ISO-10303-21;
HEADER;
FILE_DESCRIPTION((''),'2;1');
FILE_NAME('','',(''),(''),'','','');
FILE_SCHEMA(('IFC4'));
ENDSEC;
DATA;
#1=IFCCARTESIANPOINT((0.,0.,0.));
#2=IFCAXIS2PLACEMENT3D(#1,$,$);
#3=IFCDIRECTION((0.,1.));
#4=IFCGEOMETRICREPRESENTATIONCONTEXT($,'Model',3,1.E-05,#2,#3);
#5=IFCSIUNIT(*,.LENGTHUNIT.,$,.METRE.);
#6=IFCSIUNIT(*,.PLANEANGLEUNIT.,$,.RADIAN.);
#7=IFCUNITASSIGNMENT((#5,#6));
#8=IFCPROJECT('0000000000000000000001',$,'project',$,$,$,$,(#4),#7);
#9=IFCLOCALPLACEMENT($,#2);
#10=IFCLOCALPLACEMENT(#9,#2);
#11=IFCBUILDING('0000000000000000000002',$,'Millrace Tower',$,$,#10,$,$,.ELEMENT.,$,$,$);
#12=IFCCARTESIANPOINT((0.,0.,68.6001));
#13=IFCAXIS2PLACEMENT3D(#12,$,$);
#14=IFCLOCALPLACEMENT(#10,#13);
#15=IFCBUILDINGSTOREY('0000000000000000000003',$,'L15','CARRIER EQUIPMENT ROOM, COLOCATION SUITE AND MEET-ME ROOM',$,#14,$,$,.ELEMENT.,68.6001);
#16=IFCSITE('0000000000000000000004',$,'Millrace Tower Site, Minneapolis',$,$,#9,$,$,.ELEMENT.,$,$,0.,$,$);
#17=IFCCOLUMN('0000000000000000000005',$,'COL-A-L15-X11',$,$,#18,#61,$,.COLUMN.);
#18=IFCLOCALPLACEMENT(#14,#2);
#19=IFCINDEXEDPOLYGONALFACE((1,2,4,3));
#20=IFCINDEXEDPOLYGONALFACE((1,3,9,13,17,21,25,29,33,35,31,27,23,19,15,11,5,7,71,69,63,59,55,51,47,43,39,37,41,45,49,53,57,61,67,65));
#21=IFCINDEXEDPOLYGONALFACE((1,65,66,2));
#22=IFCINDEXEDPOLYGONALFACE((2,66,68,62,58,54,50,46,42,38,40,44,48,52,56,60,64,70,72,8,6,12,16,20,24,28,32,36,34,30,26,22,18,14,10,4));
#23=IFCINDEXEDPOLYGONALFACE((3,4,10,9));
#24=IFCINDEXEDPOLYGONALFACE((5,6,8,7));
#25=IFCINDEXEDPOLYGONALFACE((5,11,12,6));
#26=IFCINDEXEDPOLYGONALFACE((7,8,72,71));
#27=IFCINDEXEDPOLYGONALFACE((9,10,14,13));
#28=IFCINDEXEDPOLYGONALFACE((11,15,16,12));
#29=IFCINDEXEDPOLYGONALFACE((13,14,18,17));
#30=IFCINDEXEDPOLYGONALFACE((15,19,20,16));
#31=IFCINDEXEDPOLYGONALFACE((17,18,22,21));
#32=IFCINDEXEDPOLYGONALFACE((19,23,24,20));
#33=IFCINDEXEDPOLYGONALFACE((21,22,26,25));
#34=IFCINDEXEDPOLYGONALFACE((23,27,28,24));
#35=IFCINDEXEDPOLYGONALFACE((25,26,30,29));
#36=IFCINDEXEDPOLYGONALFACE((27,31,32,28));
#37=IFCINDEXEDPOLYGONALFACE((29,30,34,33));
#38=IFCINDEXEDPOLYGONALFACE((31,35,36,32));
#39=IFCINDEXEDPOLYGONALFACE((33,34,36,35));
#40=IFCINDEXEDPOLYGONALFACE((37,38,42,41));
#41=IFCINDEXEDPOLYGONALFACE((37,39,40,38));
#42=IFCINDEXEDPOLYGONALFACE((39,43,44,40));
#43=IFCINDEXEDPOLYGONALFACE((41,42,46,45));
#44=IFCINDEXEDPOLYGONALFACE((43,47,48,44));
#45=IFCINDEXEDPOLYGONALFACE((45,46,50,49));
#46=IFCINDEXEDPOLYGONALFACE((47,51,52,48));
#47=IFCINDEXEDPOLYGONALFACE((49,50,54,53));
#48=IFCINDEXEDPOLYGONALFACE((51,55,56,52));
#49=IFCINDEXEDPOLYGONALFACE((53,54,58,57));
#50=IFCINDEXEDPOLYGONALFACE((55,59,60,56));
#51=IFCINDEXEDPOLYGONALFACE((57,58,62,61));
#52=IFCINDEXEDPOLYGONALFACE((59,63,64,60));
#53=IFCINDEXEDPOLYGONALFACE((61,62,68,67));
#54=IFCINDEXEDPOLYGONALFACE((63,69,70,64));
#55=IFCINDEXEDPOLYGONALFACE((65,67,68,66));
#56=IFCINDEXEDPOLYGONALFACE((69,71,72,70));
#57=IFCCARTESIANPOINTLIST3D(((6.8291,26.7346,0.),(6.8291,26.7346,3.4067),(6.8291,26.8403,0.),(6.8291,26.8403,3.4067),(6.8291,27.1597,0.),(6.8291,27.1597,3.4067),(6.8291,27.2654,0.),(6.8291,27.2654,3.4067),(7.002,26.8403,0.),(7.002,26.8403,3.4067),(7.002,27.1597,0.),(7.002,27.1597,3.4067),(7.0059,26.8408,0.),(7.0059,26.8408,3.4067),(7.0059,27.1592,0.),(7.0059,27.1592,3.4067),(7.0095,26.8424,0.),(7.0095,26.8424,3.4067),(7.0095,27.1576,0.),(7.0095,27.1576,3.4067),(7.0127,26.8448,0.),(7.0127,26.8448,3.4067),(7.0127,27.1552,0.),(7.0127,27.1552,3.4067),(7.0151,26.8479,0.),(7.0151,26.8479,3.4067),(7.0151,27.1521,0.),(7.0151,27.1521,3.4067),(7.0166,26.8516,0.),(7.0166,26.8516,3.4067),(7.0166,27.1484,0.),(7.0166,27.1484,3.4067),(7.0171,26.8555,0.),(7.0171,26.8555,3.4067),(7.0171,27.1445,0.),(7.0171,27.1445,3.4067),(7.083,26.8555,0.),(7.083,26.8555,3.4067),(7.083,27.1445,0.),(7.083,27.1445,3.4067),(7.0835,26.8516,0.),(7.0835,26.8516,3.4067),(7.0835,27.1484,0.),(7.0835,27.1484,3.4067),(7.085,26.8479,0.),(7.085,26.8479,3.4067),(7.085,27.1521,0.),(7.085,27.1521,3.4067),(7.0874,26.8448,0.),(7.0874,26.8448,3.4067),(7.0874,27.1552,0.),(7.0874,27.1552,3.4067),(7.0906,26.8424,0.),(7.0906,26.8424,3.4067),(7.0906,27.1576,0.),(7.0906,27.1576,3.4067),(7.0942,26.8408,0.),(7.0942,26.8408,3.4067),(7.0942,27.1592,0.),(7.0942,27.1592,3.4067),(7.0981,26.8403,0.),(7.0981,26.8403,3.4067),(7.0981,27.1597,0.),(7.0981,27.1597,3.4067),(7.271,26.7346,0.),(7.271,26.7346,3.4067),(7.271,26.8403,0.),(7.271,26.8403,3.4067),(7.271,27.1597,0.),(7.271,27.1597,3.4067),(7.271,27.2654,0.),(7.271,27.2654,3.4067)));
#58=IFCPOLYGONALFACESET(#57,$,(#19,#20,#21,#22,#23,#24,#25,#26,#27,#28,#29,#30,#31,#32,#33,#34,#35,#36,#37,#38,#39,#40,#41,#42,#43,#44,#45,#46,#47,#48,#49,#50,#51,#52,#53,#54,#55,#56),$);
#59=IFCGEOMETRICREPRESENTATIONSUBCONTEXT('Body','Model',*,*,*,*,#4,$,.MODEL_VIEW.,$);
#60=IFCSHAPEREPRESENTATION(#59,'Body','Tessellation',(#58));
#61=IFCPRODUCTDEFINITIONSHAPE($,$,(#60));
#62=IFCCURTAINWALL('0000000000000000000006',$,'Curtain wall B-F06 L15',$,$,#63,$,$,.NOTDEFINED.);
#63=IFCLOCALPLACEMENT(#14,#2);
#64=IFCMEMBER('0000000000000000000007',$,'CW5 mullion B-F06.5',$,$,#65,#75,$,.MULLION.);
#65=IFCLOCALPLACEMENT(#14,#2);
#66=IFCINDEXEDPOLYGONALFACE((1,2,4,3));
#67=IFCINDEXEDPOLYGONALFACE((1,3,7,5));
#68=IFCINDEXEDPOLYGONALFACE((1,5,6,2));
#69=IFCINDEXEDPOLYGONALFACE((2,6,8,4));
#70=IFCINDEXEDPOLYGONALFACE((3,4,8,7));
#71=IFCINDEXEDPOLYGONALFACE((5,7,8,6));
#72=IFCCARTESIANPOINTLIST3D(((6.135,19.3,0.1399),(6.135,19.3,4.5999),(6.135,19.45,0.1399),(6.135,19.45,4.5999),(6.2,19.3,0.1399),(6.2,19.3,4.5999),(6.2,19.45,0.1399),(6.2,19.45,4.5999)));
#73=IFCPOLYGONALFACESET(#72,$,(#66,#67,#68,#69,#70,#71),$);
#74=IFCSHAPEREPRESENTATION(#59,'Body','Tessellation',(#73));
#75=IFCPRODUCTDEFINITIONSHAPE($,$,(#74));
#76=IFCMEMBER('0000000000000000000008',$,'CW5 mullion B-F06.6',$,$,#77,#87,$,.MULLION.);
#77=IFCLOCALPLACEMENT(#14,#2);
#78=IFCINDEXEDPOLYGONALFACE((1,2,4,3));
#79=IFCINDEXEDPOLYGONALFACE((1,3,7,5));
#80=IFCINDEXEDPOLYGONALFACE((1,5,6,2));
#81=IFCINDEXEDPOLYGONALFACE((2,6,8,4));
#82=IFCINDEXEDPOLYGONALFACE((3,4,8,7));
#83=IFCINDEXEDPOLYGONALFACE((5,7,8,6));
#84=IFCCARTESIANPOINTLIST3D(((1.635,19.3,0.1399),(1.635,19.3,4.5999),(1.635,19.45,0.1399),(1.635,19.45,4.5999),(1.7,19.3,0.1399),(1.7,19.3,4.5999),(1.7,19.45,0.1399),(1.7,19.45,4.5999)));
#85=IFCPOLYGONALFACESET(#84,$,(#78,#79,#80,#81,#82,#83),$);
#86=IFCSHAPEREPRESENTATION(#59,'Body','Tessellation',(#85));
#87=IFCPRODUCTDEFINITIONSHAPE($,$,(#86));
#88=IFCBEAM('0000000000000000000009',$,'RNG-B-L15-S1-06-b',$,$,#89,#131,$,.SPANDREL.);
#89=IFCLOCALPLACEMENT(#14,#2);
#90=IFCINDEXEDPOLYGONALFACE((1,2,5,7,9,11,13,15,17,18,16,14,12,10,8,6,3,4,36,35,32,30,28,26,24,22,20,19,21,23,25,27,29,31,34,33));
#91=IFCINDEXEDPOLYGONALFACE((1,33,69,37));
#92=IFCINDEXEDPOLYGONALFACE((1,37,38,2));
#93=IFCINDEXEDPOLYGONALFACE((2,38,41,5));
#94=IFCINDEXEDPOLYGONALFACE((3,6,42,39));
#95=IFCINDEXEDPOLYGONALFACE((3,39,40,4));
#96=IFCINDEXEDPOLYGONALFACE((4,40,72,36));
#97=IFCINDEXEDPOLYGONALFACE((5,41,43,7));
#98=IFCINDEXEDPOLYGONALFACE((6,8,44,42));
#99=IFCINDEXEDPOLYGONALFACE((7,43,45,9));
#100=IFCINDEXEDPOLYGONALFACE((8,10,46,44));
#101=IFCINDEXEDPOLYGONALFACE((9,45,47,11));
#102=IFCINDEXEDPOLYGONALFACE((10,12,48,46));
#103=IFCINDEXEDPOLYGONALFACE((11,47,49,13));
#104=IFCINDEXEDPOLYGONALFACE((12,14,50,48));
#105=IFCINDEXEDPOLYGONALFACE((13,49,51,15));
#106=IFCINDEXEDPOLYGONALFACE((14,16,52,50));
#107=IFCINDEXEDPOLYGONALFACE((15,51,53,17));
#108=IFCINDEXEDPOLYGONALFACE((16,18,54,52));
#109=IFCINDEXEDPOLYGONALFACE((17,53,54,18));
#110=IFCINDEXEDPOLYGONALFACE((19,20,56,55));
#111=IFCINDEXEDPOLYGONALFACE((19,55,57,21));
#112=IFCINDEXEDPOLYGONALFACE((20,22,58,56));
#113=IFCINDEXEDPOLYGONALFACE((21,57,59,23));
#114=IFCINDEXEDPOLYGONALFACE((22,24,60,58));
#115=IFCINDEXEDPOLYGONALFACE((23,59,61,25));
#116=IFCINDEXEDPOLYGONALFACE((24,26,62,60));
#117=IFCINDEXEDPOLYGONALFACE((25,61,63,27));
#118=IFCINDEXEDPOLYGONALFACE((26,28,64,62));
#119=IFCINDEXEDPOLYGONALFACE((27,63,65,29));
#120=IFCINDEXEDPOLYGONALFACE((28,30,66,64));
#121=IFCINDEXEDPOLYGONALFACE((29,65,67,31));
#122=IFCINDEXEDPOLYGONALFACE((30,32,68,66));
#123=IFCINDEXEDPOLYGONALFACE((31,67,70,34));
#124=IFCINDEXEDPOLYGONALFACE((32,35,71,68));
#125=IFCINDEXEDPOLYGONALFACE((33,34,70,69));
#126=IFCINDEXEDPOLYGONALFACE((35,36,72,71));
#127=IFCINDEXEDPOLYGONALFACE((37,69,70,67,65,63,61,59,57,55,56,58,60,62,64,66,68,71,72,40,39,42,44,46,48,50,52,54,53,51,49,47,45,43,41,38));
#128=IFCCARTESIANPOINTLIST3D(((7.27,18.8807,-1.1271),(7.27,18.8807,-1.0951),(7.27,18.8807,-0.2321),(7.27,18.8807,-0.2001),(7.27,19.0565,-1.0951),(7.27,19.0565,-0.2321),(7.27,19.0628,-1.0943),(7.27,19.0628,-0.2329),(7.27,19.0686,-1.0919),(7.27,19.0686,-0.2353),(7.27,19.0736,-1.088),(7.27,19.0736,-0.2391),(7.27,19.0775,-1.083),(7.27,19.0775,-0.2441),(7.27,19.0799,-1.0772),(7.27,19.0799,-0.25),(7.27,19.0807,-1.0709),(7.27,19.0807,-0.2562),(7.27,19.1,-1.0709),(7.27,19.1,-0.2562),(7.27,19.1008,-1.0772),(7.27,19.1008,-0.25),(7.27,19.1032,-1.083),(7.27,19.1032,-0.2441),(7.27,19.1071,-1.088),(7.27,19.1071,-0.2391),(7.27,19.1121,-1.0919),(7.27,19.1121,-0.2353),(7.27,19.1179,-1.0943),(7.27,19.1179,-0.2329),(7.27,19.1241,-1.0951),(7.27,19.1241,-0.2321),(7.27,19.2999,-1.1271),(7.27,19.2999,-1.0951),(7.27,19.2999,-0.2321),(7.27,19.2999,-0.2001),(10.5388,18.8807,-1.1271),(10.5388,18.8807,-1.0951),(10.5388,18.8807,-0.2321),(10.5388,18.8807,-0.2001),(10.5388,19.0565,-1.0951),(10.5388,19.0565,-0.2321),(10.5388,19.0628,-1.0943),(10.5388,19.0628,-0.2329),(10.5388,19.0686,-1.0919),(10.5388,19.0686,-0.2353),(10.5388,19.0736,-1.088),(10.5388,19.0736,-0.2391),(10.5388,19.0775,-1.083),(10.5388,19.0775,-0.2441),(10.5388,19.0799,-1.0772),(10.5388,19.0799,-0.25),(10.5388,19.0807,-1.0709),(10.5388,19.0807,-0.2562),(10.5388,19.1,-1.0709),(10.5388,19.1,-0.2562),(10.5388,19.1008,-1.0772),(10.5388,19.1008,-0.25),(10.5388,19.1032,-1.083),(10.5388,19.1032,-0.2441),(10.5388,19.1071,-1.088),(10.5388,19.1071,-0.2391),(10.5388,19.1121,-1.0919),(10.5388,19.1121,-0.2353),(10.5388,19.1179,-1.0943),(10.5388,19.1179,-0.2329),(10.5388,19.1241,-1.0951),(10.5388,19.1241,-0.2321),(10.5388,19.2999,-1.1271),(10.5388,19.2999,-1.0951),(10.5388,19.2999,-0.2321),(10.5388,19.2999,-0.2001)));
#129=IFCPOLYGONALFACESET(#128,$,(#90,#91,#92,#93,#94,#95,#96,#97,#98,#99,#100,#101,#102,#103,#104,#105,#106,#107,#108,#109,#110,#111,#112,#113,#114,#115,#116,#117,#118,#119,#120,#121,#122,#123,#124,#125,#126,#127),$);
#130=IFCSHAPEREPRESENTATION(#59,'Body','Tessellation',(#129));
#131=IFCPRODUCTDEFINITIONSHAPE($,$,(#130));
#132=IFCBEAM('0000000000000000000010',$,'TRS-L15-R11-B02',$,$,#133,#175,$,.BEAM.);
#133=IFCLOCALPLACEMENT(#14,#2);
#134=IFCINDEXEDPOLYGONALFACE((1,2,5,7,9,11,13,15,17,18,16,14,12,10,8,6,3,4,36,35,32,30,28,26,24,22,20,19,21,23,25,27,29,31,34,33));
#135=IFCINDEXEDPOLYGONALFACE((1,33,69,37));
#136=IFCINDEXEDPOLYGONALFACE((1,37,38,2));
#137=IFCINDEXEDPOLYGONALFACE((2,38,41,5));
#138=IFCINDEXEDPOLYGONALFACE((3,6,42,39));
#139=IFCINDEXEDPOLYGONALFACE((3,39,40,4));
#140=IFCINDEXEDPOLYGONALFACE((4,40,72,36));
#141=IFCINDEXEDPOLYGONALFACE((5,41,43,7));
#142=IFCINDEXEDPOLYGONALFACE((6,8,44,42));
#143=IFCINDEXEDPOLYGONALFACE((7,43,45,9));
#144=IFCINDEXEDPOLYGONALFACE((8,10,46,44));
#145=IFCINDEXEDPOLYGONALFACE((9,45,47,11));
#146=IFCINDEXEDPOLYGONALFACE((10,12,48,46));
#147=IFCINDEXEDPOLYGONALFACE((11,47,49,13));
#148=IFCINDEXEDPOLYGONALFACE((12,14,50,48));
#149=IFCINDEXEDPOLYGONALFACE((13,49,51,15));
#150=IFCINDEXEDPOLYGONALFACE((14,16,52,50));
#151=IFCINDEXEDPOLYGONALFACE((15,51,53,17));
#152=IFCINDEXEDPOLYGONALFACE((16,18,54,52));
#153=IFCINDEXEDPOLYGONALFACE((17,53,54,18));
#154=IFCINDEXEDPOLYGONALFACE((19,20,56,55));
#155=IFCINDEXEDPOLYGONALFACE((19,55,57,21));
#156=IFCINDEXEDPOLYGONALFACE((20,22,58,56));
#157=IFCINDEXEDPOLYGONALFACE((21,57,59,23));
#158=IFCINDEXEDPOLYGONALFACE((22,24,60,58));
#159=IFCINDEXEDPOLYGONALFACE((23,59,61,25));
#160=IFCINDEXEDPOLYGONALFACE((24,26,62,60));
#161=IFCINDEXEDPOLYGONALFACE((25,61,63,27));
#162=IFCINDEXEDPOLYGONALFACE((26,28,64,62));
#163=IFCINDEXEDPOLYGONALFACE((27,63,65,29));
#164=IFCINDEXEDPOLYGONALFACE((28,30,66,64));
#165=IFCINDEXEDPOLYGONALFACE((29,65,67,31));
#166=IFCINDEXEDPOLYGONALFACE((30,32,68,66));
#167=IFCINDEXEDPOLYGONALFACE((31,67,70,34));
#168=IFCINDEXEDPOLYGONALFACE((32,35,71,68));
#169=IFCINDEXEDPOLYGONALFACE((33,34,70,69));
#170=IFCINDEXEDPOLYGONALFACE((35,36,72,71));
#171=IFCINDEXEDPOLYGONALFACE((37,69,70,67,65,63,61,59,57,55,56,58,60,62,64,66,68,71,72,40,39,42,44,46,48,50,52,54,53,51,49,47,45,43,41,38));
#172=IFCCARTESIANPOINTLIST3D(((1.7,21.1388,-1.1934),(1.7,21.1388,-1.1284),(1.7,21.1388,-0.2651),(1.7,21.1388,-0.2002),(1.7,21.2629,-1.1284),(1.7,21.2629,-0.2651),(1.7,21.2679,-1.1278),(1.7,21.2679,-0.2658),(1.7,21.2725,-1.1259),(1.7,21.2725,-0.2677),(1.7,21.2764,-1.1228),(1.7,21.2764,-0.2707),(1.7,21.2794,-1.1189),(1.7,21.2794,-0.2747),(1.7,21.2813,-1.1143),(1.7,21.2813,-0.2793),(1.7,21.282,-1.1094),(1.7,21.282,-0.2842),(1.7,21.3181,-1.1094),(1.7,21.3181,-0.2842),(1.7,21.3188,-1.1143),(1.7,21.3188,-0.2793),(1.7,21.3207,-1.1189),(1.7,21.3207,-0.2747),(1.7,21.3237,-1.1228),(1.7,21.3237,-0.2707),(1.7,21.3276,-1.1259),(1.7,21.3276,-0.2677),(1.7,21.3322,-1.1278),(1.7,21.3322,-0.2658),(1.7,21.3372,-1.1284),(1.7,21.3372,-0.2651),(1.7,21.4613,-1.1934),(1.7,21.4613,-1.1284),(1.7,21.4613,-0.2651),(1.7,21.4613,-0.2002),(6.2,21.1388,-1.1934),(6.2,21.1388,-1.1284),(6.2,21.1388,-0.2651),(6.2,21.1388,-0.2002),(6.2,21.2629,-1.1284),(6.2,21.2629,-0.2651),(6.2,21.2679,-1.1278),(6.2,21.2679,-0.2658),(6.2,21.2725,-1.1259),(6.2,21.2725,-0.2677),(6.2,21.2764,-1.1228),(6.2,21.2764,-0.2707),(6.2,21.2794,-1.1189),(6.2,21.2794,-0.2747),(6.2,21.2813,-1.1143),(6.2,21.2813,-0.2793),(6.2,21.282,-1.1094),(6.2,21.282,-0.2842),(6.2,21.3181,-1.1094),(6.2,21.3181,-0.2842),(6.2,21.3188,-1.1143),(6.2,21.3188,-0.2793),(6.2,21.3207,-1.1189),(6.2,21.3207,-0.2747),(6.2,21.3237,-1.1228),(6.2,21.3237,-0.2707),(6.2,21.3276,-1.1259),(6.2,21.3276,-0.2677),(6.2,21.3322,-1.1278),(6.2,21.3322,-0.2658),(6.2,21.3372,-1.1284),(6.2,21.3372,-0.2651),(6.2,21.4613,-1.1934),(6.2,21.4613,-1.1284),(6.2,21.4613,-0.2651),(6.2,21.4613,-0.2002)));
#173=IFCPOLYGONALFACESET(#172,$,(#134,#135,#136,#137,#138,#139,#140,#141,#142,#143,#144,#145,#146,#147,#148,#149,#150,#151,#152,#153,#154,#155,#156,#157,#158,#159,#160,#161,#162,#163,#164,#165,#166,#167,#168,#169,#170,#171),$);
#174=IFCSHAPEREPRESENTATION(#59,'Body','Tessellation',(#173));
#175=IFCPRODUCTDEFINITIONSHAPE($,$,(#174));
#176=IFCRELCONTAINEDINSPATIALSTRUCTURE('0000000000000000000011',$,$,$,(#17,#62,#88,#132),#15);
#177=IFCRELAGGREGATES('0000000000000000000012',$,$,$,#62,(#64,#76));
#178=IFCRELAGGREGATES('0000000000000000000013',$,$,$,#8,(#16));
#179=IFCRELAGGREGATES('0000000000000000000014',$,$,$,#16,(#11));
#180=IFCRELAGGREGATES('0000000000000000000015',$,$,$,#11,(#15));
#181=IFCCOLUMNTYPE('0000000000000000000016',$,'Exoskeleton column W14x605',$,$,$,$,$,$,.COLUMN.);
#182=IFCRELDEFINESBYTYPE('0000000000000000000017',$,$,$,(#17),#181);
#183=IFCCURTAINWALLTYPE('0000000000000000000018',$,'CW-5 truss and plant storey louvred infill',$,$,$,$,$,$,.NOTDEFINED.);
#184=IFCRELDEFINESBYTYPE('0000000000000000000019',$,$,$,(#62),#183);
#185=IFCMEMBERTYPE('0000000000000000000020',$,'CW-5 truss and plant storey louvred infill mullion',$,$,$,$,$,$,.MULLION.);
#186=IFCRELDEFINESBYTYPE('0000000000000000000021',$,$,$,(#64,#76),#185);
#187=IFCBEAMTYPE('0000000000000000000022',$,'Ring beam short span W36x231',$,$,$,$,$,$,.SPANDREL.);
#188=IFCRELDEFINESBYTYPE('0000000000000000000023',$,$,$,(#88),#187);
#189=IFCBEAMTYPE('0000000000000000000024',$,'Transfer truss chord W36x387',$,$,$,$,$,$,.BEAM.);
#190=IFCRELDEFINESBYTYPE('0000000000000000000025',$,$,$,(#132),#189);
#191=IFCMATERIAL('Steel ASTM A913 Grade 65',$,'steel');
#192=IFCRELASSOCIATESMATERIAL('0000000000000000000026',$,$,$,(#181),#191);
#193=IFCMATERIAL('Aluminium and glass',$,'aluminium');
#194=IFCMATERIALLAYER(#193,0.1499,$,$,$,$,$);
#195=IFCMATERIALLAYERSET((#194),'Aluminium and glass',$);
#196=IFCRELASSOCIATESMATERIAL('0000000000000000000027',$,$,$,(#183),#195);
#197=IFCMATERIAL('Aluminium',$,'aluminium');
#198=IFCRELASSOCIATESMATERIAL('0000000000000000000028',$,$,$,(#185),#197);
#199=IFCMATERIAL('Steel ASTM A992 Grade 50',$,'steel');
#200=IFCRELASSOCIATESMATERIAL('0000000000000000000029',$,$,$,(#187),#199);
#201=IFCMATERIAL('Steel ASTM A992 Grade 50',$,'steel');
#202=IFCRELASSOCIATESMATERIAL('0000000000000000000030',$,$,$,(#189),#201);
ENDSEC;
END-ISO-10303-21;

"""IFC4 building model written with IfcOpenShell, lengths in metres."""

from ifc_helpers import new_model, si_unit, direction, frame, origin, origin_2d, place, context, subcontext, project, spatial, rectangle, i_section, extrude, material, layer, layer_set, material_profile, profile_set, type_object, element, aggregate, save


model = new_model("IFC4")

# Units and contexts
model_context = context("Model", 3, precision=1e-05, world=origin(), true_north=direction((0.0, 1.0)))
body_context = subcontext(model_context, "Body", "Model", "MODEL_VIEW")
ifc_project = project(units=[si_unit("LENGTHUNIT", "METRE"), si_unit("PLANEANGLEUNIT", "RADIAN")], contexts=[model_context])

# Site, building, storey
site_placement = place(None, origin())
site = spatial("IfcSite", under=ifc_project, at=site_placement, Name="Millrace Tower Site, Minneapolis", CompositionType="ELEMENT", RefElevation=0.0)
building_placement = place(site_placement, origin())
building = spatial("IfcBuilding", under=site, at=building_placement, Name="Millrace Tower", CompositionType="ELEMENT")
storey_placement = place(building_placement, frame((0.0, 0.0, 68.6001)))
storey = spatial("IfcBuildingStorey", under=building, at=storey_placement, Name="L15", Description="CARRIER EQUIPMENT ROOM, COLOCATION SUITE AND MEET-ME ROOM", CompositionType="ELEMENT", Elevation=68.6001)

# Column
ifc_material_1 = material(Name="Steel ASTM A913 Grade 65", Category="steel")
ifc_material_profile_1 = material_profile(ifc_material_1, i_section(OverallWidth=0.4419, OverallDepth=0.5308, WebThickness=0.0659, FlangeThickness=0.1057, FilletRadius=0.0151, at=origin_2d()))
ifc_profile_set_1 = profile_set([ifc_material_profile_1], Name="Steel ASTM A913 Grade 65")
column_type = type_object("IfcColumnType", Name="Exoskeleton column W14x605", PredefinedType="COLUMN", material=ifc_profile_set_1)
column_placement = place(storey_placement, frame((7.05, 27.0, 0.0), z_axis=(0.0, 0.0, 1.0), x_axis=(-1.0, 0.0, 0.0)))
element("IfcColumn", 1, at=column_placement, inside=storey, type_object=column_type, Name="COL-A-L15-X11", PredefinedType="COLUMN", context=body_context, shape_type="SweptSolid", body=[
    extrude(i_section(OverallWidth=0.4419, OverallDepth=0.5308, WebThickness=0.0659, FlangeThickness=0.1057, FilletRadius=0.0151, at=origin_2d()), origin(), (0.0, 0.0, 1.0), 3.4067),
])

# Curtain wall, members
ifc_material_2 = material(Name="Aluminium and glass", Category="aluminium")
ifc_layer_1 = layer(ifc_material_2, 0.1499)
ifc_layer_set_1 = layer_set([ifc_layer_1], Name="Aluminium and glass")
curtain_wall_type = type_object("IfcCurtainWallType", Name="CW-5 truss and plant storey louvred infill", PredefinedType="NOTDEFINED", material=ifc_layer_set_1)
curtain_wall_placement = place(storey_placement, origin())
curtain_wall = element("IfcCurtainWall", 2, at=curtain_wall_placement, inside=storey, type_object=curtain_wall_type, Name="Curtain wall B-F06 L15", PredefinedType="NOTDEFINED")
ifc_material_3 = material(Name="Aluminium", Category="aluminium")
ifc_material_profile_2 = material_profile(ifc_material_3, rectangle(XDim=0.0649, YDim=0.1499, at=origin_2d()))
ifc_profile_set_2 = profile_set([ifc_material_profile_2], Name="Aluminium")
member_type_1 = type_object("IfcMemberType", Name="CW-5 truss and plant storey louvred infill mullion", PredefinedType="MULLION", material=ifc_profile_set_2)
member_1_placement = place(storey_placement, frame((6.1675, 19.375, 0.1399), z_axis=(0.0, 0.0, 1.0), x_axis=(-1.0, 0.0, 0.0)))
member_1 = element("IfcMember", 3, at=member_1_placement, type_object=member_type_1, Name="CW5 mullion B-F06.5", PredefinedType="MULLION", context=body_context, shape_type="SweptSolid", body=[
    extrude(rectangle(XDim=0.0649, YDim=0.1499, at=origin_2d()), origin(), (0.0, 0.0, 1.0), 4.46),
])
member_2_placement = place(storey_placement, frame((1.6675, 19.375, 0.1399), z_axis=(0.0, 0.0, 1.0), x_axis=(-1.0, 0.0, 0.0)))
member_2 = element("IfcMember", 4, at=member_2_placement, type_object=member_type_1, Name="CW5 mullion B-F06.6", PredefinedType="MULLION", context=body_context, shape_type="SweptSolid", body=[
    extrude(rectangle(XDim=0.0649, YDim=0.1499, at=origin_2d()), origin(), (0.0, 0.0, 1.0), 4.46),
])
aggregate(curtain_wall, [member_1, member_2])

# Beams
ifc_material_4 = material(Name="Steel ASTM A992 Grade 50", Category="steel")
ifc_material_profile_3 = material_profile(ifc_material_4, i_section(OverallWidth=0.4192, OverallDepth=0.927, WebThickness=0.0193, FlangeThickness=0.032, FilletRadius=0.0242, at=origin_2d()))
ifc_profile_set_3 = profile_set([ifc_material_profile_3], Name="Steel ASTM A992 Grade 50")
beam_type_1 = type_object("IfcBeamType", Name="Ring beam short span W36x231", PredefinedType="SPANDREL", material=ifc_profile_set_3)
beam_placement = place(storey_placement, frame((7.27, 19.0903, -0.6636), z_axis=(1.0, 0.0, 0.0), x_axis=(0.0, 1.0, 0.0)))
element("IfcBeam", 5, at=beam_placement, inside=storey, type_object=beam_type_1, Name="RNG-B-L15-S1-06-b", PredefinedType="SPANDREL", context=body_context, shape_type="SweptSolid", body=[
    extrude(i_section(OverallWidth=0.4192, OverallDepth=0.927, WebThickness=0.0193, FlangeThickness=0.032, FilletRadius=0.0242, at=origin_2d()), origin(), (0.0, 0.0, 1.0), 3.2688),
])
ifc_material_5 = material(Name="Steel ASTM A992 Grade 50", Category="steel")
ifc_material_profile_4 = material_profile(ifc_material_5, i_section(OverallWidth=0.3225, OverallDepth=0.9932, WebThickness=0.0361, FlangeThickness=0.0649, FilletRadius=0.019, at=origin_2d()))
ifc_profile_set_4 = profile_set([ifc_material_profile_4], Name="Steel ASTM A992 Grade 50")
beam_type_2 = type_object("IfcBeamType", Name="Transfer truss chord W36x387", PredefinedType="BEAM", material=ifc_profile_set_4)
for number, where, z_axis, x_axis, name in (
    (6, (6.2, 21.3, -0.6968), (-1.0, 0.0, 0.0), (0.0, -1.0, 0.0), "TRS-L15-R11-B02"),
):
    element("IfcBeam", number, at=place(storey_placement, frame(where, z_axis=z_axis, x_axis=x_axis)), inside=storey, type_object=beam_type_2, Name=name, PredefinedType="BEAM", context=body_context, shape_type="SweptSolid", body=[
        extrude(i_section(OverallWidth=0.3225, OverallDepth=0.9932, WebThickness=0.0361, FlangeThickness=0.0649, FilletRadius=0.019, at=origin_2d()), origin(), (0.0, 0.0, 1.0), 4.5),
    ])

save(model, "model.ifc")
